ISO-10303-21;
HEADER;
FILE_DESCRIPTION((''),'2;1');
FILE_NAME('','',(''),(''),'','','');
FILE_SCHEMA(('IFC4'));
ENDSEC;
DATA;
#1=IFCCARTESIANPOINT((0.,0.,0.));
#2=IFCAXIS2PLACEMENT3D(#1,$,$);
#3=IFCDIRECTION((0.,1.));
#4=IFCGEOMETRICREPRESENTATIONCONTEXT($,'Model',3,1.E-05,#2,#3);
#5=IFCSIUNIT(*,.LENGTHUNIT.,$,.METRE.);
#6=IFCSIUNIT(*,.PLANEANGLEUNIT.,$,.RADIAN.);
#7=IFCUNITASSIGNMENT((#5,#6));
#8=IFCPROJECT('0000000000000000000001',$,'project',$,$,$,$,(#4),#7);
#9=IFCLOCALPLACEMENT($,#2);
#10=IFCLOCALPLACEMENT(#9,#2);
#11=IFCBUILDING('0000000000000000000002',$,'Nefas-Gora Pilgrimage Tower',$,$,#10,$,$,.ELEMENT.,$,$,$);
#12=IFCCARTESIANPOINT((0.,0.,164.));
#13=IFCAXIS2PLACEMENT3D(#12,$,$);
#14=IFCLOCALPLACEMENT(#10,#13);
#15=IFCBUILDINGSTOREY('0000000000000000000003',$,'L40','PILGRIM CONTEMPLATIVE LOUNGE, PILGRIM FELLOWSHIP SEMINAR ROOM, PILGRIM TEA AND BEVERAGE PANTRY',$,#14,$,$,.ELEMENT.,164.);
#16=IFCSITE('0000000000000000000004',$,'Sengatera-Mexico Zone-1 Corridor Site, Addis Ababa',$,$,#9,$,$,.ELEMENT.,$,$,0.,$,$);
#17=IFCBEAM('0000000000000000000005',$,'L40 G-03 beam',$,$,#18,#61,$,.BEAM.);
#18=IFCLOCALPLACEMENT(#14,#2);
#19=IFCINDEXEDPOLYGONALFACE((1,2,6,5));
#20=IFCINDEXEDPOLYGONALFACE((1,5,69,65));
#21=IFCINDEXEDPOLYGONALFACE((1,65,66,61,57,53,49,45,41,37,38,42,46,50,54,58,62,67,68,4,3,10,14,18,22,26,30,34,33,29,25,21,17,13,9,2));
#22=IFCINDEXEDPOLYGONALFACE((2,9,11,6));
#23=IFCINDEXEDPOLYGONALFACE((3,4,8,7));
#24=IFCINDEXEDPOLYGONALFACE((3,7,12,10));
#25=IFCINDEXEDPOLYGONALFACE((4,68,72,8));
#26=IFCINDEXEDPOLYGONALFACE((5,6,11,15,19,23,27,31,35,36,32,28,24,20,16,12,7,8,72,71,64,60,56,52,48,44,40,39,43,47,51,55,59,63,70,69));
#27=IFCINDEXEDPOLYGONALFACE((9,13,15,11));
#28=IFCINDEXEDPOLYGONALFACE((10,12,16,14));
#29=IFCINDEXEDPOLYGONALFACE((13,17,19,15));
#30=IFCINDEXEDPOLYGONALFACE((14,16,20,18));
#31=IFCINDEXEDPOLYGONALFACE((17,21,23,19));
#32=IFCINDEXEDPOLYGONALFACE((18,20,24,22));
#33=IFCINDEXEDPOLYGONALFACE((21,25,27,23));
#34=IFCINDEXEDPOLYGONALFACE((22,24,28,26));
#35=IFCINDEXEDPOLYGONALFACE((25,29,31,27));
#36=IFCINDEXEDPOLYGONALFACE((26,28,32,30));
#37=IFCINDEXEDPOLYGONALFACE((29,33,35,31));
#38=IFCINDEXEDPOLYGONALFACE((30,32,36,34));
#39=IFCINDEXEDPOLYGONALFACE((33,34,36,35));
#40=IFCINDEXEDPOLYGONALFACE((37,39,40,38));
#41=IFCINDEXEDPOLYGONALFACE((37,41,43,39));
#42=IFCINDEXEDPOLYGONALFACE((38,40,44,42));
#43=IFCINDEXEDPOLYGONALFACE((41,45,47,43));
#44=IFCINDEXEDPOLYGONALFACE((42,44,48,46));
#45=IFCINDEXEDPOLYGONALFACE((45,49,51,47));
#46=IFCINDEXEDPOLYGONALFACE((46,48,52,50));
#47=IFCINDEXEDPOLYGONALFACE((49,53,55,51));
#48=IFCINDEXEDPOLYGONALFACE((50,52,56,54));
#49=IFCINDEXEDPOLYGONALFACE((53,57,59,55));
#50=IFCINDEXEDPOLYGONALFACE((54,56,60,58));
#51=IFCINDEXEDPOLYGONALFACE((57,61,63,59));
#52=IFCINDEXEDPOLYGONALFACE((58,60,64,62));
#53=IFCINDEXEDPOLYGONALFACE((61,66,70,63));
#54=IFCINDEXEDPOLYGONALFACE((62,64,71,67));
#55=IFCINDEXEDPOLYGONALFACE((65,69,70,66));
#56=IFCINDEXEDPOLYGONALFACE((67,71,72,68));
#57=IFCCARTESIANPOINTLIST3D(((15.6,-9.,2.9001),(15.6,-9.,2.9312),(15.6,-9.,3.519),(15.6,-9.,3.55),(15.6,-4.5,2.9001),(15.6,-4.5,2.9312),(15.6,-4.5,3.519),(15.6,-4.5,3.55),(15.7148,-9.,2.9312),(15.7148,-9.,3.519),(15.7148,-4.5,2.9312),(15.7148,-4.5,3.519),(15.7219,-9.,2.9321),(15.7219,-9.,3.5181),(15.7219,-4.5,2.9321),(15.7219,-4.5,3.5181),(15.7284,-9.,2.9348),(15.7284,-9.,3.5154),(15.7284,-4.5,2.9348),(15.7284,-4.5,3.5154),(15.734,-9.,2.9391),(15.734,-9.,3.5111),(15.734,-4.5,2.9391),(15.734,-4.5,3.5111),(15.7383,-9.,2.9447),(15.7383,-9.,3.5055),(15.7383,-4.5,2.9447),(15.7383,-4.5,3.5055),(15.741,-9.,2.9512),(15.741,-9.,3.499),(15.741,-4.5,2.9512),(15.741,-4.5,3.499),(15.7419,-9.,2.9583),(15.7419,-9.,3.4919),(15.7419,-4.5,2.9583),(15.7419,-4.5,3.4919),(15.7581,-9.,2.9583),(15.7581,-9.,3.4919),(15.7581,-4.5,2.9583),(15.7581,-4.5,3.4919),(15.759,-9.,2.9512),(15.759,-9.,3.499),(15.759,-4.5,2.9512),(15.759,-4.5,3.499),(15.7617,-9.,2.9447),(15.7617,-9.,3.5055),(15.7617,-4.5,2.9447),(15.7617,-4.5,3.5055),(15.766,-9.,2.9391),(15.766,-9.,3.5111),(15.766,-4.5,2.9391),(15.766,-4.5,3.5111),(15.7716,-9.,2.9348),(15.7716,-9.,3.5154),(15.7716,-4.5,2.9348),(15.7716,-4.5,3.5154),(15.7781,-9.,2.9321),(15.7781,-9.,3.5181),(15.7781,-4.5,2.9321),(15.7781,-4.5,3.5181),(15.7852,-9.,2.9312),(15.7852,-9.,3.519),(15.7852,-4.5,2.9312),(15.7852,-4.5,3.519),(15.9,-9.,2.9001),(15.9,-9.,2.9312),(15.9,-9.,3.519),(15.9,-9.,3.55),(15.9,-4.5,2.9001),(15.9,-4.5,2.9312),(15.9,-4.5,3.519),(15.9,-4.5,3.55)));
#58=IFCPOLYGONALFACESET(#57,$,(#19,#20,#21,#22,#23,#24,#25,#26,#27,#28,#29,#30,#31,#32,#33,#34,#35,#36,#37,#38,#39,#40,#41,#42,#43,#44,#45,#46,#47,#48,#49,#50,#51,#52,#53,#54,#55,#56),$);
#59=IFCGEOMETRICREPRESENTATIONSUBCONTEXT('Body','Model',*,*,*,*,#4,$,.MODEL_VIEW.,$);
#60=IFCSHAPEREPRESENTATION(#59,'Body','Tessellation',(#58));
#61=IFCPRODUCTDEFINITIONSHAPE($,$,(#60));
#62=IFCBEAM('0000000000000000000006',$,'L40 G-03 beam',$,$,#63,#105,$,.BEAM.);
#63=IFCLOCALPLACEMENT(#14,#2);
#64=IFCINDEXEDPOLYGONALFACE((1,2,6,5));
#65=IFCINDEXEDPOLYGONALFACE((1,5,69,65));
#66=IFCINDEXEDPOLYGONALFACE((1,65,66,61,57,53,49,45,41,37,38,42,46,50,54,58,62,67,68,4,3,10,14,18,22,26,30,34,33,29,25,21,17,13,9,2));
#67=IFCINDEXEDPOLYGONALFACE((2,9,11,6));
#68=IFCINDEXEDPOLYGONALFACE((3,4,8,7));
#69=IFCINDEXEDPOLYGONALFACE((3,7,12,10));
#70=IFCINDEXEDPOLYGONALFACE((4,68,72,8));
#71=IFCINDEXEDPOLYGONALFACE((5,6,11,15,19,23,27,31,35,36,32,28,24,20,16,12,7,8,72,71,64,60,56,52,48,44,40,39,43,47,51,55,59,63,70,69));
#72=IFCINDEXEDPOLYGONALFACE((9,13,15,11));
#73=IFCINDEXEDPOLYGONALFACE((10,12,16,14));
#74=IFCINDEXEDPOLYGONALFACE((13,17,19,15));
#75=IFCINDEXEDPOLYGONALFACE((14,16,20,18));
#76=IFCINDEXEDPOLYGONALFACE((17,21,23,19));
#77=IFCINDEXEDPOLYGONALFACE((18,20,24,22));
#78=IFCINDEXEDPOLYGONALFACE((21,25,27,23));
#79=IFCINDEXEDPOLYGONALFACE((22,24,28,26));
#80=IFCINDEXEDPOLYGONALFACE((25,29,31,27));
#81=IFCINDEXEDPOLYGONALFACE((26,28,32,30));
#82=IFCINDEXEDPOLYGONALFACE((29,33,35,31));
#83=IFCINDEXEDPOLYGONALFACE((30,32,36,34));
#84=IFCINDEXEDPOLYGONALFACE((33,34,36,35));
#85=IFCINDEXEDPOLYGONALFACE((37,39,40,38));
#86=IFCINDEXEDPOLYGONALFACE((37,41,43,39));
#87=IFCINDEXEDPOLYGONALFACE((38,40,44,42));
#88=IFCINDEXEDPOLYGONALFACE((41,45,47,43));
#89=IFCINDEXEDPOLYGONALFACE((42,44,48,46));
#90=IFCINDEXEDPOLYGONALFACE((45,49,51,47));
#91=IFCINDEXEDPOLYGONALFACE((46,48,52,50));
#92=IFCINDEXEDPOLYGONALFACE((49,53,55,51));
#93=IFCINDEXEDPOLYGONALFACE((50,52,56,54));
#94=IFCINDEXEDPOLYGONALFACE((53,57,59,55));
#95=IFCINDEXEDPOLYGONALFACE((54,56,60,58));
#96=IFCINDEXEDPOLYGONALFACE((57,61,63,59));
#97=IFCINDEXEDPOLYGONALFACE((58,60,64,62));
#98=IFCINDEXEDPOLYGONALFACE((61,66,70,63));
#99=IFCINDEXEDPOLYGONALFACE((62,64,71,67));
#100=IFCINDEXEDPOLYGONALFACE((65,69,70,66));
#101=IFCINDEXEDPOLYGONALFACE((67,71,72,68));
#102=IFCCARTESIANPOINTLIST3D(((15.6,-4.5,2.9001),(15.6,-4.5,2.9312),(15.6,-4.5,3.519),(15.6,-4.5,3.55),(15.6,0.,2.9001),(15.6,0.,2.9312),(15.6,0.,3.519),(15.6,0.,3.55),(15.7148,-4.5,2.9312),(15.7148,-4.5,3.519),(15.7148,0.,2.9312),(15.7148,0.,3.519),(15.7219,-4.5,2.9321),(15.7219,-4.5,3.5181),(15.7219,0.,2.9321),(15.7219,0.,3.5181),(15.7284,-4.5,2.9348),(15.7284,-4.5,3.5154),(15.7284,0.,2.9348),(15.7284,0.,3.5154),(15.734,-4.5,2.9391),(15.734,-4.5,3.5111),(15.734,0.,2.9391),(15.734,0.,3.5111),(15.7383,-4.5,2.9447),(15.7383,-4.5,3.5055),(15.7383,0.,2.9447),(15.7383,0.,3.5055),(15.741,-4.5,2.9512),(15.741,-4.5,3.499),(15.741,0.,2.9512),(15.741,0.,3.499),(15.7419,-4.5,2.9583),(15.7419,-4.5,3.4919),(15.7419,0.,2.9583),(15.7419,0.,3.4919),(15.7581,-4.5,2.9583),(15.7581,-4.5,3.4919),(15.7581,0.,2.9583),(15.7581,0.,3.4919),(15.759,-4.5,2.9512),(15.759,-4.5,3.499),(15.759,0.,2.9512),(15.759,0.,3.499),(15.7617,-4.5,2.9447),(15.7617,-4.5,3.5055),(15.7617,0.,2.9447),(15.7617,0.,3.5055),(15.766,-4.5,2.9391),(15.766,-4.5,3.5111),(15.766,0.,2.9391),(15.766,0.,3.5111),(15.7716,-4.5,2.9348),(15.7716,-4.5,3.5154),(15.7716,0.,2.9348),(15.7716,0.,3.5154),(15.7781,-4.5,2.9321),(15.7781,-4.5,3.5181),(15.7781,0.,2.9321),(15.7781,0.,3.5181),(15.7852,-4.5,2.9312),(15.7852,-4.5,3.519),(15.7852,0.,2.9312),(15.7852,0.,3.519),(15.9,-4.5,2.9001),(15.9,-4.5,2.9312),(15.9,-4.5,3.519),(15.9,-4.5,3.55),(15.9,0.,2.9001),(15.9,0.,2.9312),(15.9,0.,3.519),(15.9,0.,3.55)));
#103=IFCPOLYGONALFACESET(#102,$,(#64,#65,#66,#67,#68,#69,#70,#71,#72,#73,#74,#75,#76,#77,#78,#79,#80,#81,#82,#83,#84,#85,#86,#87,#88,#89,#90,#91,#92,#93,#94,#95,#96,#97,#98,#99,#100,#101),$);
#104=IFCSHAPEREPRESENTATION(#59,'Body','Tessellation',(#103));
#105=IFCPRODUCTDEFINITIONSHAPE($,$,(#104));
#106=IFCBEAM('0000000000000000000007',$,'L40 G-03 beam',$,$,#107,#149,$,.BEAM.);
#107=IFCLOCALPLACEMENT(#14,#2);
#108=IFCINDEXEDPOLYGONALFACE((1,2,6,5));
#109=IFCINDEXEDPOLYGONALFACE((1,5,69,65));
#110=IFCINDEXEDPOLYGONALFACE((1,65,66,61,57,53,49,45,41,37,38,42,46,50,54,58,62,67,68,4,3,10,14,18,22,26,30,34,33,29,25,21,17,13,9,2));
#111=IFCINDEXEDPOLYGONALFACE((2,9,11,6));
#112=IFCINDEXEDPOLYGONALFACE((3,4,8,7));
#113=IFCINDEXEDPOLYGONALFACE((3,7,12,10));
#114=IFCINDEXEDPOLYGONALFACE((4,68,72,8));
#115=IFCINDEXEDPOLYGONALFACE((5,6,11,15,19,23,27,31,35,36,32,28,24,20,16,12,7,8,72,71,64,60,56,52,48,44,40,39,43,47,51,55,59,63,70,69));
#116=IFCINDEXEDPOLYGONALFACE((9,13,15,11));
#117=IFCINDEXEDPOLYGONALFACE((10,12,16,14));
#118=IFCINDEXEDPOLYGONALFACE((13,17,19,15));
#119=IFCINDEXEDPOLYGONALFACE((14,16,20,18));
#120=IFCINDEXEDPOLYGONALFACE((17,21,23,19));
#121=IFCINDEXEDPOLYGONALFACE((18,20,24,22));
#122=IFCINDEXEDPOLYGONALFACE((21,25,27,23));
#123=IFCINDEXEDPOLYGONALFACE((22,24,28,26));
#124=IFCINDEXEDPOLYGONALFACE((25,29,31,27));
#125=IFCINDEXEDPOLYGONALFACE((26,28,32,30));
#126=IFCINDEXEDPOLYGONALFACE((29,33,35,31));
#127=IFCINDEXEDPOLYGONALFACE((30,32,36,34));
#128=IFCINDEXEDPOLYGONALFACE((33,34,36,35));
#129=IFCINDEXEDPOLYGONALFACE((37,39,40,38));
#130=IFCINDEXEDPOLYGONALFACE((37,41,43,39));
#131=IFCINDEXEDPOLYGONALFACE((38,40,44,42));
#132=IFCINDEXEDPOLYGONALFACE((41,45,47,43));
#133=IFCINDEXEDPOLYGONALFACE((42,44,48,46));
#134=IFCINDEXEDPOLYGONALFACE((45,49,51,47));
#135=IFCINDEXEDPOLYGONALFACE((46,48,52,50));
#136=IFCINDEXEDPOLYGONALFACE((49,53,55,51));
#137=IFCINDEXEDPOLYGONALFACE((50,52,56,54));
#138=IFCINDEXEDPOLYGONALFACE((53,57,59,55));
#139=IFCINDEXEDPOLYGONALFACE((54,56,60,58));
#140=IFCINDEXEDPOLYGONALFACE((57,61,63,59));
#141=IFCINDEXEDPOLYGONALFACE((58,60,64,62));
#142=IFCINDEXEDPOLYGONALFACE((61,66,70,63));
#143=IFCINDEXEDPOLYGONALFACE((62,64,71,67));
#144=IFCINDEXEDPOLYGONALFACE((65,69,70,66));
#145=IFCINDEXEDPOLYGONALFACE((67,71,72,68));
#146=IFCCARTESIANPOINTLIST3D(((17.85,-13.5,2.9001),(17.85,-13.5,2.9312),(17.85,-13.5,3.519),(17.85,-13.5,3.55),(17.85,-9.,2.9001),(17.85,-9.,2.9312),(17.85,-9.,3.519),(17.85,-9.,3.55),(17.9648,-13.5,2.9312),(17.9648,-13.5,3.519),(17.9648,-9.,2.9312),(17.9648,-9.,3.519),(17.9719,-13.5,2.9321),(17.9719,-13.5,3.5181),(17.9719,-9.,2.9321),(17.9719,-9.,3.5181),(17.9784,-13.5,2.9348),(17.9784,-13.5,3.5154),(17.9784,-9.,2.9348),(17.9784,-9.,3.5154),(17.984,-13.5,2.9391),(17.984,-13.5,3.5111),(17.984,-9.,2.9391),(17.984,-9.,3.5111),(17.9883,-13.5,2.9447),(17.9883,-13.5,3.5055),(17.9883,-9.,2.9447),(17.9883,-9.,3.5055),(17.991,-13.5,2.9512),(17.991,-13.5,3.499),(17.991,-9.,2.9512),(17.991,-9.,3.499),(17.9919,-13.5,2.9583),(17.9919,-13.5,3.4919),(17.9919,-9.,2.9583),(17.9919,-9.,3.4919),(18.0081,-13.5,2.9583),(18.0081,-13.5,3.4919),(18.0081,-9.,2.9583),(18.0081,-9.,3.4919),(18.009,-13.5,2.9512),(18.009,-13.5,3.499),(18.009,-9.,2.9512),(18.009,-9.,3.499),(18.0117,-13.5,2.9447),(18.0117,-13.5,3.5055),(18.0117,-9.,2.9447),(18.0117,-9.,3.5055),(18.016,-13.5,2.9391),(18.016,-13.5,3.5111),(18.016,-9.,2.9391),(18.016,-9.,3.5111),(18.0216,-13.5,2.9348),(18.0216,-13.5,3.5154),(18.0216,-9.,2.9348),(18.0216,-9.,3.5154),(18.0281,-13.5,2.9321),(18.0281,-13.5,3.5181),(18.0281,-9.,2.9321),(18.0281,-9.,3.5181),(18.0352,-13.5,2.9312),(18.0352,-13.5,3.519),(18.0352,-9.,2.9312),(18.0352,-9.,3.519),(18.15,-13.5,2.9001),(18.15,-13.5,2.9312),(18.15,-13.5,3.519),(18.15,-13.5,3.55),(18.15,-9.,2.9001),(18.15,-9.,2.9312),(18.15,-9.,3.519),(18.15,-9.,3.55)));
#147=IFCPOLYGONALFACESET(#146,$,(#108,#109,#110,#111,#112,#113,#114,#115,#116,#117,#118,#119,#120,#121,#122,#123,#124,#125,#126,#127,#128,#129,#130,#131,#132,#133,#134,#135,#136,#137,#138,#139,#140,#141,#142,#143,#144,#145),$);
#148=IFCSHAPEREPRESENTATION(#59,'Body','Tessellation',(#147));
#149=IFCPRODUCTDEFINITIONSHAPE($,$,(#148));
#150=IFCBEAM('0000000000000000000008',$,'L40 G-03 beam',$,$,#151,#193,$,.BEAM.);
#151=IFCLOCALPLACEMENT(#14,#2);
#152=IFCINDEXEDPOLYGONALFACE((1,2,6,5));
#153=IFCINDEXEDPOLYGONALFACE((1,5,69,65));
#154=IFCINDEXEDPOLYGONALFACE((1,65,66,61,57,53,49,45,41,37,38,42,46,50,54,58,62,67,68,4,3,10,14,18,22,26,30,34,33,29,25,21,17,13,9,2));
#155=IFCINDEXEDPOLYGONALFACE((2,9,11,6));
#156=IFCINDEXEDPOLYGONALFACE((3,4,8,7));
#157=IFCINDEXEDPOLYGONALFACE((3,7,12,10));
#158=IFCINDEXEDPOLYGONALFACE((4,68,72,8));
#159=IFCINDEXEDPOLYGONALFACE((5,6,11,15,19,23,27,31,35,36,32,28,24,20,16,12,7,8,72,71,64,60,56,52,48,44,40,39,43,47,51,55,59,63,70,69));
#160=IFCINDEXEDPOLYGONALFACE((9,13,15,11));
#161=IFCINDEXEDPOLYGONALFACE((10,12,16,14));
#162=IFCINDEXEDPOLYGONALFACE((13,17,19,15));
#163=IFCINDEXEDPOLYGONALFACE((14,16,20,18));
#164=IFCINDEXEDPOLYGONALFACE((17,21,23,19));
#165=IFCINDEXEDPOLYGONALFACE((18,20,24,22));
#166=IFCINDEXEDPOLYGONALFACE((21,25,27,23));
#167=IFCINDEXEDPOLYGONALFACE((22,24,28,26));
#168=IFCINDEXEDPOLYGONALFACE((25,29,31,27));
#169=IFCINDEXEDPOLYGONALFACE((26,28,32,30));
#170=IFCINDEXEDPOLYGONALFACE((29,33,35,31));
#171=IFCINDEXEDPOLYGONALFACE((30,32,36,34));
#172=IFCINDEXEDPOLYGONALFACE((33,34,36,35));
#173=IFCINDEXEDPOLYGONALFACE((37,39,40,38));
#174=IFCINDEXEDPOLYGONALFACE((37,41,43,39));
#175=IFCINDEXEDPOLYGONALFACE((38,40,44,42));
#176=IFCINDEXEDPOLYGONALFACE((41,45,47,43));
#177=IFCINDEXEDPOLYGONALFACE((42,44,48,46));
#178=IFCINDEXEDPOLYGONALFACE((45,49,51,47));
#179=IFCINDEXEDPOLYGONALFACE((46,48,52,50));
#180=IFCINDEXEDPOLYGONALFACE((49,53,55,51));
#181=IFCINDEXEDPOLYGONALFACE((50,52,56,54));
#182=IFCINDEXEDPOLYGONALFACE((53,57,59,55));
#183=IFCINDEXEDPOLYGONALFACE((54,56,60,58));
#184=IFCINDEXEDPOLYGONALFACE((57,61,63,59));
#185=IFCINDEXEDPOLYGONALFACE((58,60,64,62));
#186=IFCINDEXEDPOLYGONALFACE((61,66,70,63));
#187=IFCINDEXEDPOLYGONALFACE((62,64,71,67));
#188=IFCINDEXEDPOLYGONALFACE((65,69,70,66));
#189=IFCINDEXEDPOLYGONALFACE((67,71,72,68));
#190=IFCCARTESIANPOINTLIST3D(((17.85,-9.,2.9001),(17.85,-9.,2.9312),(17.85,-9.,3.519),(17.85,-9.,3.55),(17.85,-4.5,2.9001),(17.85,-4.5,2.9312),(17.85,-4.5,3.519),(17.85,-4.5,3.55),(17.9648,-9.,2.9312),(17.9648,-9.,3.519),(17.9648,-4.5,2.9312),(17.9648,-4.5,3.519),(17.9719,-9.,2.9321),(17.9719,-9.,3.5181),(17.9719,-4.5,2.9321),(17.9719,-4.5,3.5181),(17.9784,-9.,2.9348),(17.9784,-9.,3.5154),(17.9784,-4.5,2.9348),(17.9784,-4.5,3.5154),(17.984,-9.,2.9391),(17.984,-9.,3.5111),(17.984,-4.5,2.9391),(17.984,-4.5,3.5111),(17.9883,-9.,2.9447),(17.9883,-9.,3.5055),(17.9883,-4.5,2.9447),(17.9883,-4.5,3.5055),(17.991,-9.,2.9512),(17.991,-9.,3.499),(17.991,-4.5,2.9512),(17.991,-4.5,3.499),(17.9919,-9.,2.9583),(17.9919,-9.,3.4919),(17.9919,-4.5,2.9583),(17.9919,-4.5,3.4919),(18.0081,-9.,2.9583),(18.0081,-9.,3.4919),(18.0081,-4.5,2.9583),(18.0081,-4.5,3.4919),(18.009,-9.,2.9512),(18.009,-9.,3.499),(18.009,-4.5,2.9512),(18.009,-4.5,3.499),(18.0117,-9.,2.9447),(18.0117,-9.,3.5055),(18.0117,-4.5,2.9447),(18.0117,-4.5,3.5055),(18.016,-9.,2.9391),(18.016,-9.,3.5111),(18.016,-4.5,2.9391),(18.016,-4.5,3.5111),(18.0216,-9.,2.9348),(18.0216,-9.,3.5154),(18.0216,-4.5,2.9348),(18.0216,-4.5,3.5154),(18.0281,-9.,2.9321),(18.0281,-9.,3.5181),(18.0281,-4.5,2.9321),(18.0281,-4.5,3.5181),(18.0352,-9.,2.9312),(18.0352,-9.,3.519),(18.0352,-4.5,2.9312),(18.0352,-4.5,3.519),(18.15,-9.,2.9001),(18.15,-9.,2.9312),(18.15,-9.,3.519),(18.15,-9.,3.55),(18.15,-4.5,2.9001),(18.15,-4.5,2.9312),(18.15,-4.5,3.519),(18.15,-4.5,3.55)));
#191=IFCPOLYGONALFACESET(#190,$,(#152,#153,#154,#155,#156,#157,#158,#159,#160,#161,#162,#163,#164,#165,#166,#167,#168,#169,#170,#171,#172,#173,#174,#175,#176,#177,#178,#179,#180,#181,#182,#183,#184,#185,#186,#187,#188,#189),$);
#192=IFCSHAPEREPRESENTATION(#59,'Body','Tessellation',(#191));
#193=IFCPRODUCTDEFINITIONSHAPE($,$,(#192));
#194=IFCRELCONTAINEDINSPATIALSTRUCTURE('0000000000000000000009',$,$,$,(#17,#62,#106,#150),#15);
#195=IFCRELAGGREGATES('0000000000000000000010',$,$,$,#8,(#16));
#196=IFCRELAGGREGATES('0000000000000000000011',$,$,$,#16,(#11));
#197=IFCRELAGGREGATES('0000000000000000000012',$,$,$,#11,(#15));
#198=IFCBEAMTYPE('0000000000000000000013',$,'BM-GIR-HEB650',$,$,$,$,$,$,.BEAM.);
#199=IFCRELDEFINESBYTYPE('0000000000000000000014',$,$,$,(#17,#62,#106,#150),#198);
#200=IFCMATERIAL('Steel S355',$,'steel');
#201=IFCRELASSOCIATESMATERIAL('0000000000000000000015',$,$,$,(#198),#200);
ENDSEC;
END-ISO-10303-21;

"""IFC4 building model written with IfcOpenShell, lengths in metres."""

from ifc_helpers import new_model, si_unit, direction, frame, origin, origin_2d, place, context, subcontext, project, spatial, i_section, extrude, source, transform, mapped, material, material_profile, profile_set, type_object, element, save


model = new_model("IFC4")

# Units and contexts
model_context = context("Model", 3, precision=1e-05, world=origin(), true_north=direction((0.0, 1.0)))
body_context = subcontext(model_context, "Body", "Model", "MODEL_VIEW")
ifc_project = project(units=[si_unit("LENGTHUNIT", "METRE"), si_unit("PLANEANGLEUNIT", "RADIAN")], contexts=[model_context])

# Site, building, storey
site_placement = place(None, origin())
site = spatial("IfcSite", under=ifc_project, at=site_placement, Name="Sengatera-Mexico Zone-1 Corridor Site, Addis Ababa", CompositionType="ELEMENT", RefElevation=0.0)
building_placement = place(site_placement, origin())
building = spatial("IfcBuilding", under=site, at=building_placement, Name="Nefas-Gora Pilgrimage Tower", CompositionType="ELEMENT")
storey_placement = place(building_placement, frame((0.0, 0.0, 164.0)))
storey = spatial("IfcBuildingStorey", under=building, at=storey_placement, Name="L40", Description="PILGRIM CONTEMPLATIVE LOUNGE, PILGRIM FELLOWSHIP SEMINAR ROOM, PILGRIM TEA AND BEVERAGE PANTRY", CompositionType="ELEMENT", Elevation=164.0)

# Beams
ifc_material_1 = material(Name="Steel S355", Category="steel")
ifc_material_profile_1 = material_profile(ifc_material_1, i_section(OverallWidth=0.3, OverallDepth=0.6499, WebThickness=0.0161, FlangeThickness=0.031, FilletRadius=0.0271, at=origin_2d()), Name="HEB 650")
ifc_profile_set_1 = profile_set([ifc_material_profile_1], Name="Steel S355")
beam_type_1 = type_object("IfcBeamType", Name="BM-GIR-HEB650", PredefinedType="BEAM", material=ifc_profile_set_1)
shared_shape_1 = source(origin(), body_context, "Body", "SweptSolid", [
    extrude(i_section(OverallWidth=0.3, OverallDepth=0.6499, WebThickness=0.0161, FlangeThickness=0.031, FilletRadius=0.0271, at=origin_2d()), origin(), (0.0, 0.0, 1.0), 4.5),
])
for number, where, z_axis, x_axis, name in (
    (1, (15.75, -9.0, 3.2251), (0.0, 1.0, 0.0), (-1.0, 0.0, 0.0), "L40 G-03 beam"),
    (2, (15.75, -4.5, 3.2251), (0.0, 1.0, 0.0), (-1.0, 0.0, 0.0), "L40 G-03 beam"),
    (3, (18.0, -13.5, 3.2251), (0.0, 1.0, 0.0), (-1.0, 0.0, 0.0), "L40 G-03 beam"),
    (4, (18.0, -9.0, 3.2251), (0.0, 1.0, 0.0), (-1.0, 0.0, 0.0), "L40 G-03 beam"),
):
    element("IfcBeam", number, at=place(storey_placement, frame(where, z_axis=z_axis, x_axis=x_axis)), inside=storey, type_object=beam_type_1, Name=name, PredefinedType="BEAM", context=body_context, shape_type="MappedRepresentation", body=[
        mapped(shared_shape_1, transform((0.0, 0.0, 0.0), x_axis=(1.0, 0.0, 0.0), y_axis=(0.0, 1.0, 0.0), z_axis=(0.0, 0.0, 1.0), scale=1.0)),
    ])

save(model, "model.ifc")
